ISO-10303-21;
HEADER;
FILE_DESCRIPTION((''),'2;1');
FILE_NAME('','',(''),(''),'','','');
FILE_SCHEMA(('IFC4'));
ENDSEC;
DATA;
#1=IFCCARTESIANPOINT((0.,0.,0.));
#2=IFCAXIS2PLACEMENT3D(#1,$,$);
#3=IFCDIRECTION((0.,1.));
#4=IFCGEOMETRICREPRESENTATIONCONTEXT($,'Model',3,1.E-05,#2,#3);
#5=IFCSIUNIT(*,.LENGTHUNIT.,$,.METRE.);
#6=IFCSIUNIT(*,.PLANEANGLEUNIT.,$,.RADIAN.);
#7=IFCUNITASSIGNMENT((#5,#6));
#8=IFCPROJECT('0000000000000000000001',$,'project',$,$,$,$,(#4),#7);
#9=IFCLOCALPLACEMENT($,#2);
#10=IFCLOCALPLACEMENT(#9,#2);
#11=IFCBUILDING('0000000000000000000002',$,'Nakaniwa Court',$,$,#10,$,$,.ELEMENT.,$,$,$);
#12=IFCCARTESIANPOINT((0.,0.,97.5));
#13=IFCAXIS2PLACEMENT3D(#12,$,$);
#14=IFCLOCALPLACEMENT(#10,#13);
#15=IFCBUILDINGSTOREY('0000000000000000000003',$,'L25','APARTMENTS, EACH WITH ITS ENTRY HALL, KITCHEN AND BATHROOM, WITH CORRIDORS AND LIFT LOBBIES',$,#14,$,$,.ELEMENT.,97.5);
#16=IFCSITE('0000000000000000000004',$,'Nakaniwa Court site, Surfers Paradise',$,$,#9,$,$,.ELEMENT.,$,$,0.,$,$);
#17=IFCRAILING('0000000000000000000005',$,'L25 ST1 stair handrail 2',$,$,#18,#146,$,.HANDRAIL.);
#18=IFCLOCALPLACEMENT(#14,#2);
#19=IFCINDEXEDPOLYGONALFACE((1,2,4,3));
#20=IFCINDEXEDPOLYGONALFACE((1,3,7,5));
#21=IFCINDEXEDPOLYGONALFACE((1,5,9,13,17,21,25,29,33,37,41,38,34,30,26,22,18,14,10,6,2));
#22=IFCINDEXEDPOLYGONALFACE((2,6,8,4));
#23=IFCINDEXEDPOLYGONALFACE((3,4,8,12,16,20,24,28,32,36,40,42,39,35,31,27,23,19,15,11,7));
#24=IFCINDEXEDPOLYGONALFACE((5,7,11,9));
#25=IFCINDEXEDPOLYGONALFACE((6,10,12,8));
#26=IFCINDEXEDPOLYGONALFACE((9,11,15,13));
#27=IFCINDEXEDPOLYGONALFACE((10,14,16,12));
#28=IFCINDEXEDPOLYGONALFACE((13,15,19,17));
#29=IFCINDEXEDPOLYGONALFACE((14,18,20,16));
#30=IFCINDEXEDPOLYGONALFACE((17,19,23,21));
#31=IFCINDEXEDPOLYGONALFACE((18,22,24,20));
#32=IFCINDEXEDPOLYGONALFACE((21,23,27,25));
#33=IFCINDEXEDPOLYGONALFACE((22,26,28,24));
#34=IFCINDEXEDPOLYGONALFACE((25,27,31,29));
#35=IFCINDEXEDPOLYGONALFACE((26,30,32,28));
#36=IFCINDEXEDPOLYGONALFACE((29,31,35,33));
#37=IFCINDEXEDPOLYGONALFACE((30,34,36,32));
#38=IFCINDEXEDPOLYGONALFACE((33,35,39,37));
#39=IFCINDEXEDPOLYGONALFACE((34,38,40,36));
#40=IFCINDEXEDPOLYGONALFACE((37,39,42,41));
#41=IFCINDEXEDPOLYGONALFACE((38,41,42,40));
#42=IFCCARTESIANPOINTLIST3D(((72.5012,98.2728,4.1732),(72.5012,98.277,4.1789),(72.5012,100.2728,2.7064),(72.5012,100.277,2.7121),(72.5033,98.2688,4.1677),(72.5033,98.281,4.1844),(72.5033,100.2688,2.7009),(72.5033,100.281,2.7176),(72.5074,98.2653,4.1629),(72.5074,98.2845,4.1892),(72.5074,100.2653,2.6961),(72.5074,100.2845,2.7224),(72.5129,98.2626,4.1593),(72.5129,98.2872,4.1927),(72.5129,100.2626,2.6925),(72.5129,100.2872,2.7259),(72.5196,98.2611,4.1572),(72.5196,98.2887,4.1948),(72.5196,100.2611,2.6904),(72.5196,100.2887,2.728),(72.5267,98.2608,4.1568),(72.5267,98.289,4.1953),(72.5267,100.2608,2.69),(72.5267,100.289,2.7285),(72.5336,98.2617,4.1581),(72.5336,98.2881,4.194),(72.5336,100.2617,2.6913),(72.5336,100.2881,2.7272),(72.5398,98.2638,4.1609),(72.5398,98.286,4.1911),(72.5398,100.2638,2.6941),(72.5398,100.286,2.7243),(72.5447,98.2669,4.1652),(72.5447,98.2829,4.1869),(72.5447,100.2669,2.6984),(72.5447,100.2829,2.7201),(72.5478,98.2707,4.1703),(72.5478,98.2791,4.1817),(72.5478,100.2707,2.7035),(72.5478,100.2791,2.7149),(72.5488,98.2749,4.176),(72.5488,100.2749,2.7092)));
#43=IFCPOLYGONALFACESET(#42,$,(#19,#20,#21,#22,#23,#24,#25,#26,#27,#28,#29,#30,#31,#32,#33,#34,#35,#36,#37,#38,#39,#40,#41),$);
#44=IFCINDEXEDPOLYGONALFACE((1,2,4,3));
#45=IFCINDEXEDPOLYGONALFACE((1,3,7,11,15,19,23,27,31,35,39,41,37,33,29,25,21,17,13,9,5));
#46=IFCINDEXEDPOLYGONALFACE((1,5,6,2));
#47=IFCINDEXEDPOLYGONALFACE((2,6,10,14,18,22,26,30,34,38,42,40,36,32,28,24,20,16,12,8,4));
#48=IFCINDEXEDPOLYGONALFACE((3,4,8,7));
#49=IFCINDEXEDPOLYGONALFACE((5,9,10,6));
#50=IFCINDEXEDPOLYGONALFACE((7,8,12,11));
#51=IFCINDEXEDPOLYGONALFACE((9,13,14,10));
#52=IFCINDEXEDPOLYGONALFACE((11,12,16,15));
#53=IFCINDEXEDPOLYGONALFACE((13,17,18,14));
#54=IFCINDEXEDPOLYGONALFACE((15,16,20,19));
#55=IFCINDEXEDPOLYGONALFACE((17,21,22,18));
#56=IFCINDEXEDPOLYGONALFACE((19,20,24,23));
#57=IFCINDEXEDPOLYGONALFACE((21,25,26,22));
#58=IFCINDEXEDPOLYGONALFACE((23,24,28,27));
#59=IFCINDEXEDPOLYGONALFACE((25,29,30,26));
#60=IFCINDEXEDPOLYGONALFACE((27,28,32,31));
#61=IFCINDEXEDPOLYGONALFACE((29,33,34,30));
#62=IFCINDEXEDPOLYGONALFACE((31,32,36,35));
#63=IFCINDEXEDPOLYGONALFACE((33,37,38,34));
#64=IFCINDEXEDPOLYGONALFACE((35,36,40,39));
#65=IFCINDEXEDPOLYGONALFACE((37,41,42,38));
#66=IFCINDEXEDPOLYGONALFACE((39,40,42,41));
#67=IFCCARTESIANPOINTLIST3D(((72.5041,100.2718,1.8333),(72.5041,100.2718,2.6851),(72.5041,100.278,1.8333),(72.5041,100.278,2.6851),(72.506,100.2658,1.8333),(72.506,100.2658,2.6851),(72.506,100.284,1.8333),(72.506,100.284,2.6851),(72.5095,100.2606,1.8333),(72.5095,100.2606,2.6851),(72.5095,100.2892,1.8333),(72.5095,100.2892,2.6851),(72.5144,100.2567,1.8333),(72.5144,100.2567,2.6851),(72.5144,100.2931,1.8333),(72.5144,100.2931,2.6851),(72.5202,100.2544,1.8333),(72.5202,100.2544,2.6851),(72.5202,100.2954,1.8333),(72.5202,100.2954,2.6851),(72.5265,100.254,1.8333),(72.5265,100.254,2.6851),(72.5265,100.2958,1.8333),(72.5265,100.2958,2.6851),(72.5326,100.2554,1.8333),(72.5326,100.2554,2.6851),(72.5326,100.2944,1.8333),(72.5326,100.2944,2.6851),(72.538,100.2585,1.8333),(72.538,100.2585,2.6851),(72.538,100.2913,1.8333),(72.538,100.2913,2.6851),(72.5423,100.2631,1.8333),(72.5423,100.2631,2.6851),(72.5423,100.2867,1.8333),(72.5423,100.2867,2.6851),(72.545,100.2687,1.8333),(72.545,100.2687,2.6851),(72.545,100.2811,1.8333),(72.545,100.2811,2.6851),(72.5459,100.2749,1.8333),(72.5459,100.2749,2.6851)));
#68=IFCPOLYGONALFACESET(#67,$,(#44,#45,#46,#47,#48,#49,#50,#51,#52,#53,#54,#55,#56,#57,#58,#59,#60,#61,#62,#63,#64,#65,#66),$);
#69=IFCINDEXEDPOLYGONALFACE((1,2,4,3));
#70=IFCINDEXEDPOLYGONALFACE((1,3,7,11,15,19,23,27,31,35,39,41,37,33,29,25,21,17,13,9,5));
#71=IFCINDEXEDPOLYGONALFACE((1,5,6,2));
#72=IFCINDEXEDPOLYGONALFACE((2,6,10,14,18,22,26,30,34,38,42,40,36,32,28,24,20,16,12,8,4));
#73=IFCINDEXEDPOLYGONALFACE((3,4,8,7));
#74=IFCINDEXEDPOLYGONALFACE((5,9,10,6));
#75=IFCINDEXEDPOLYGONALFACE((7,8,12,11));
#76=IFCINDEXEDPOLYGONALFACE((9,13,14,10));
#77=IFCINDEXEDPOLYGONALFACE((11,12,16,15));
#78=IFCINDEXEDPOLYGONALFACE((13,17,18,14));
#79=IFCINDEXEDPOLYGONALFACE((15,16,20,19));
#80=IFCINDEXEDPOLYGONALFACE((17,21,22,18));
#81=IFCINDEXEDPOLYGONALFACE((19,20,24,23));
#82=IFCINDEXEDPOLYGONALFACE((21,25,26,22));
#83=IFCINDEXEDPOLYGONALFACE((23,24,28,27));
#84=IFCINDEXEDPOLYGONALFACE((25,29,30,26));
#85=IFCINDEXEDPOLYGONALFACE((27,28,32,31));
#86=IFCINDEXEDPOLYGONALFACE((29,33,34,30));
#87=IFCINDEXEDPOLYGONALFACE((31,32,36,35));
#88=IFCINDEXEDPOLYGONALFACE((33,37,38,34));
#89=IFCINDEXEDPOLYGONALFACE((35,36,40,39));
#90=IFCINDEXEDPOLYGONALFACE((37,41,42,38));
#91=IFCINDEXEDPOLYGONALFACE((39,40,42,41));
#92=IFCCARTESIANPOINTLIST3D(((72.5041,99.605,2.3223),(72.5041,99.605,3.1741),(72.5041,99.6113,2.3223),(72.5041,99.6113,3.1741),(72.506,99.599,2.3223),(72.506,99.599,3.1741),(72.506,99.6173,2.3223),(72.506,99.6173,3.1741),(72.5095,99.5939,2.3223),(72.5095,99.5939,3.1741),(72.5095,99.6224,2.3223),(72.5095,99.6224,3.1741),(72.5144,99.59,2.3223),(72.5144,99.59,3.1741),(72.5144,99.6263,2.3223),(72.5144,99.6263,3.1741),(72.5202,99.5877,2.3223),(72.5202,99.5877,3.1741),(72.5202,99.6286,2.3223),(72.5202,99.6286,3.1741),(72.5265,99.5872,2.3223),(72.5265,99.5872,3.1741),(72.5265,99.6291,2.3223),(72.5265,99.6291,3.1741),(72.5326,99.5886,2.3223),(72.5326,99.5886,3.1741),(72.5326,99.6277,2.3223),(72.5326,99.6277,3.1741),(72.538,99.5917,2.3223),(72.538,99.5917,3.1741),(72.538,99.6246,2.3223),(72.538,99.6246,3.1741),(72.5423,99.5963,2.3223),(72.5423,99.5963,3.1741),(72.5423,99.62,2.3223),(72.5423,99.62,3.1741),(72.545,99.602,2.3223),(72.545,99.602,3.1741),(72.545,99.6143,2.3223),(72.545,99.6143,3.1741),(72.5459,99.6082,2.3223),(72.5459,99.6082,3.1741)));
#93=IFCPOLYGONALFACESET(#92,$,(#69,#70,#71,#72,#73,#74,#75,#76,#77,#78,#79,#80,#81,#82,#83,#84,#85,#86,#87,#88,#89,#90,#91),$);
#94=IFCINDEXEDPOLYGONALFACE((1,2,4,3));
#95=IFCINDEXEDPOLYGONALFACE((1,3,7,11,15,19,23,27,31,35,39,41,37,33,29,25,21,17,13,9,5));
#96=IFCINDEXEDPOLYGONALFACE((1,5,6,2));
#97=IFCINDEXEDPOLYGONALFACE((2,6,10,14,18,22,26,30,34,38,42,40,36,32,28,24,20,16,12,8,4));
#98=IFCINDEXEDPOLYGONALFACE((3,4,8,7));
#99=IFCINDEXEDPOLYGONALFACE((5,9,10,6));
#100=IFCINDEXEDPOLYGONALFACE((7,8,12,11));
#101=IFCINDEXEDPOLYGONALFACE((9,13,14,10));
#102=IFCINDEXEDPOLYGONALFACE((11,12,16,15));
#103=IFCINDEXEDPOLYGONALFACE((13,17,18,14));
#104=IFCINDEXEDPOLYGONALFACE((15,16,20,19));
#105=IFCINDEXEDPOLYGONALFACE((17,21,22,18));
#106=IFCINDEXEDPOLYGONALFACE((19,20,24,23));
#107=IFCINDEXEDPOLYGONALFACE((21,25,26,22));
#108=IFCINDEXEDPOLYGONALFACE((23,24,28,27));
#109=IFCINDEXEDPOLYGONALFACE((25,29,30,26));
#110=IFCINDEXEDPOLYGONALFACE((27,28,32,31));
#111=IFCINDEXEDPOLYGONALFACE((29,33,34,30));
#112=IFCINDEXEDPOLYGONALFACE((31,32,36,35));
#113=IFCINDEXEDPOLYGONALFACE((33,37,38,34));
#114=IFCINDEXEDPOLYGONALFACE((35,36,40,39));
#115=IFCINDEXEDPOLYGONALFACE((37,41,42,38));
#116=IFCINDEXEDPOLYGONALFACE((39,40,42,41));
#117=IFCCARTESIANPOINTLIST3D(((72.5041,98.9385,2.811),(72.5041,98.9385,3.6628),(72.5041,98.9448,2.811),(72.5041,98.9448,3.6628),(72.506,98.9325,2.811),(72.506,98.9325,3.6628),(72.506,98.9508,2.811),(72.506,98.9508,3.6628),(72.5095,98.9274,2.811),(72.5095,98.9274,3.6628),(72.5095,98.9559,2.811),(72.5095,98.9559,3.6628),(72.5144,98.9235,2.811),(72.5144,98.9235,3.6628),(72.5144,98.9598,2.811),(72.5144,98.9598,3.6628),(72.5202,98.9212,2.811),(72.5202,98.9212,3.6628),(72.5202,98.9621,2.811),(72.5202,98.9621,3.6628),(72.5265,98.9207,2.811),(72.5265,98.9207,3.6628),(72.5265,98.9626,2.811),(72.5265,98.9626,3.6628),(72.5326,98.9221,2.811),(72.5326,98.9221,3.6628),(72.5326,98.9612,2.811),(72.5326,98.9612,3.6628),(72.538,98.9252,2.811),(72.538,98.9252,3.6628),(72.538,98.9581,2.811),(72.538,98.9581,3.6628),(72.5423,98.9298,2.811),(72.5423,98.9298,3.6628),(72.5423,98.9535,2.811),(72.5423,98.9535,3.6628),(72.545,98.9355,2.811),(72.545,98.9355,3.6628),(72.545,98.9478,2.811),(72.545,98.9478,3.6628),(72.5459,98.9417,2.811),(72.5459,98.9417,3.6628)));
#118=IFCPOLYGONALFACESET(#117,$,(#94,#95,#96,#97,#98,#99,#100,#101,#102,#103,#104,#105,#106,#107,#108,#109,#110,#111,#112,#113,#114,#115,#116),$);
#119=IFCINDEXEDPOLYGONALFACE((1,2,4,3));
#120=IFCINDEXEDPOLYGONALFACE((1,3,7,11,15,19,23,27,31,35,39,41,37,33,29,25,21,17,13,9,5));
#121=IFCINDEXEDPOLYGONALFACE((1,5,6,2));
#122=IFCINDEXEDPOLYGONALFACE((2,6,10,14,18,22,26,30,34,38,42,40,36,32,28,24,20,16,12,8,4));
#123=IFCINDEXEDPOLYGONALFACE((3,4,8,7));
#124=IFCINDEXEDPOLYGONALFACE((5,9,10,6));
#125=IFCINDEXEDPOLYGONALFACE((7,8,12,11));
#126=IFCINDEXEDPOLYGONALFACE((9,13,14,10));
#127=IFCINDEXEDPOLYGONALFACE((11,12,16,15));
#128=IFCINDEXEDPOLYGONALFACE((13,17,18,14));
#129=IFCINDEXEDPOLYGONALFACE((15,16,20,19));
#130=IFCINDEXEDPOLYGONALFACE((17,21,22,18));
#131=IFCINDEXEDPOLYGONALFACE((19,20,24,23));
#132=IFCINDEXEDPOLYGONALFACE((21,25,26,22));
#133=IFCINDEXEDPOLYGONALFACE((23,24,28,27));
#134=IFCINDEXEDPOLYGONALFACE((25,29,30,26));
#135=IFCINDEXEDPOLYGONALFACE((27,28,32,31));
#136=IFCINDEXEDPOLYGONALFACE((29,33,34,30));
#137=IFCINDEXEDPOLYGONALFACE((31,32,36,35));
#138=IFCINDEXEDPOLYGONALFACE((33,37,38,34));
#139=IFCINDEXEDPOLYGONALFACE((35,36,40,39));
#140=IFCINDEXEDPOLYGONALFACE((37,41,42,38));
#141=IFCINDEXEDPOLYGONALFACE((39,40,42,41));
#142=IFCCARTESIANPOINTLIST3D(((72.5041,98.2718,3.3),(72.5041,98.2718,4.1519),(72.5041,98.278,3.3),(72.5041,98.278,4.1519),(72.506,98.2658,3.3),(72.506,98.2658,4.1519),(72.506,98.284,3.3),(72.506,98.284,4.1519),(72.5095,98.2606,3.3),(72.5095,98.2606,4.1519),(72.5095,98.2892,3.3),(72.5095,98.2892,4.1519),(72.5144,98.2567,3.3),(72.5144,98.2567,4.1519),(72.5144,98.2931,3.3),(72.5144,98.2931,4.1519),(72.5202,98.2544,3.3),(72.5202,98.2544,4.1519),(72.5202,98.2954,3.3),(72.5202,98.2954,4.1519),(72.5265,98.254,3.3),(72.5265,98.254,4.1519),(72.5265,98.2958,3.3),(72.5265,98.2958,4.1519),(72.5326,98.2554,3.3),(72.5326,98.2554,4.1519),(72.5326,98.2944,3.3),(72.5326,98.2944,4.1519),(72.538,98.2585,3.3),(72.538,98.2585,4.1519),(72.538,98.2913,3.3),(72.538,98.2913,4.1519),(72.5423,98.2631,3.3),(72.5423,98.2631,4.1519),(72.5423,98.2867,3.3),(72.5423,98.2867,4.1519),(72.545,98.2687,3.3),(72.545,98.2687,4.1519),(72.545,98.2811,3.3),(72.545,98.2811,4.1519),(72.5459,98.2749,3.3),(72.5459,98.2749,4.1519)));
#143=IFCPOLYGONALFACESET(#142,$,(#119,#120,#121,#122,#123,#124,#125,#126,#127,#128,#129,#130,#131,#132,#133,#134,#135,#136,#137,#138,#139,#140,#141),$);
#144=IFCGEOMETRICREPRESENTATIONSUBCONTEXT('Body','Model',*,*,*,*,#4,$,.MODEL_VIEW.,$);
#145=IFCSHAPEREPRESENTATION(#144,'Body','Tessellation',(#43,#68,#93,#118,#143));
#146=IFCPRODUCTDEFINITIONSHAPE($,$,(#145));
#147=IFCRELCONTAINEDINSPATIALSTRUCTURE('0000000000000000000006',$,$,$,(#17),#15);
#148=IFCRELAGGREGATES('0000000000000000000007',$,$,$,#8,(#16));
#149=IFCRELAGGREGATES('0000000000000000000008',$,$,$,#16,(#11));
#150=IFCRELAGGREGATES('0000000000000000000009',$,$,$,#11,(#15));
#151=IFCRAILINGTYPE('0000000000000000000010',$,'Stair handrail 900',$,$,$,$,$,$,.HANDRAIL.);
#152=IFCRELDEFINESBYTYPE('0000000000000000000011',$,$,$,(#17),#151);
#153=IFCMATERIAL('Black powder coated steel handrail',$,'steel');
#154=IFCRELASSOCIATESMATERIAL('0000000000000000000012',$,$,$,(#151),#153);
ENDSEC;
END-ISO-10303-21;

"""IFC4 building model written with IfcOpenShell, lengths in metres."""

from ifc_helpers import new_model, si_unit, direction, frame, origin, origin_2d, place, context, subcontext, project, spatial, circle, extrude, material, type_object, element, save


model = new_model("IFC4")

# Units and contexts
model_context = context("Model", 3, precision=1e-05, world=origin(), true_north=direction((0.0, 1.0)))
body_context = subcontext(model_context, "Body", "Model", "MODEL_VIEW")
ifc_project = project(units=[si_unit("LENGTHUNIT", "METRE"), si_unit("PLANEANGLEUNIT", "RADIAN")], contexts=[model_context])

# Site, building, storey
site_placement = place(None, origin())
site = spatial("IfcSite", under=ifc_project, at=site_placement, Name="Nakaniwa Court site, Surfers Paradise", CompositionType="ELEMENT", RefElevation=0.0)
building_placement = place(site_placement, origin())
building = spatial("IfcBuilding", under=site, at=building_placement, Name="Nakaniwa Court", CompositionType="ELEMENT")
storey_placement = place(building_placement, frame((0.0, 0.0, 97.5)))
storey = spatial("IfcBuildingStorey", under=building, at=storey_placement, Name="L25", Description="APARTMENTS, EACH WITH ITS ENTRY HALL, KITCHEN AND BATHROOM, WITH CORRIDORS AND LIFT LOBBIES", CompositionType="ELEMENT", Elevation=97.5)

# Railing
ifc_material_1 = material(Name="Black powder coated steel handrail", Category="steel")
railing_type_1 = type_object("IfcRailingType", Name="Stair handrail 900", PredefinedType="HANDRAIL", material=ifc_material_1)
railing_1_placement = place(storey_placement, frame((72.5249, 100.2749, 1.8333)))
element("IfcRailing", 1, at=railing_1_placement, inside=storey, type_object=railing_type_1, Name="L25 ST1 stair handrail 2", PredefinedType="HANDRAIL", context=body_context, shape_type="SweptSolid", body=[
    extrude(circle(Radius=0.0239, at=origin_2d()), frame((0.0, 0.0, 0.876), z_axis=(0.0, -0.80638, 0.591398), x_axis=(1.0, 0.0, 0.0)), (0.0, 0.0, 1.0), 2.4802),
    extrude(circle(Radius=0.021, at=origin_2d()), origin(), (0.0, 0.0, 1.0), 0.8518),
    extrude(circle(Radius=0.021, at=origin_2d()), frame((0.0, -0.6667, 0.489)), (0.0, 0.0, 1.0), 0.8518),
    extrude(circle(Radius=0.021, at=origin_2d()), frame((0.0, -1.3333, 0.9778)), (0.0, 0.0, 1.0), 0.8518),
    extrude(circle(Radius=0.021, at=origin_2d()), frame((0.0, -2.0, 1.4668)), (0.0, 0.0, 1.0), 0.8518),
])

save(model, "model.ifc")
